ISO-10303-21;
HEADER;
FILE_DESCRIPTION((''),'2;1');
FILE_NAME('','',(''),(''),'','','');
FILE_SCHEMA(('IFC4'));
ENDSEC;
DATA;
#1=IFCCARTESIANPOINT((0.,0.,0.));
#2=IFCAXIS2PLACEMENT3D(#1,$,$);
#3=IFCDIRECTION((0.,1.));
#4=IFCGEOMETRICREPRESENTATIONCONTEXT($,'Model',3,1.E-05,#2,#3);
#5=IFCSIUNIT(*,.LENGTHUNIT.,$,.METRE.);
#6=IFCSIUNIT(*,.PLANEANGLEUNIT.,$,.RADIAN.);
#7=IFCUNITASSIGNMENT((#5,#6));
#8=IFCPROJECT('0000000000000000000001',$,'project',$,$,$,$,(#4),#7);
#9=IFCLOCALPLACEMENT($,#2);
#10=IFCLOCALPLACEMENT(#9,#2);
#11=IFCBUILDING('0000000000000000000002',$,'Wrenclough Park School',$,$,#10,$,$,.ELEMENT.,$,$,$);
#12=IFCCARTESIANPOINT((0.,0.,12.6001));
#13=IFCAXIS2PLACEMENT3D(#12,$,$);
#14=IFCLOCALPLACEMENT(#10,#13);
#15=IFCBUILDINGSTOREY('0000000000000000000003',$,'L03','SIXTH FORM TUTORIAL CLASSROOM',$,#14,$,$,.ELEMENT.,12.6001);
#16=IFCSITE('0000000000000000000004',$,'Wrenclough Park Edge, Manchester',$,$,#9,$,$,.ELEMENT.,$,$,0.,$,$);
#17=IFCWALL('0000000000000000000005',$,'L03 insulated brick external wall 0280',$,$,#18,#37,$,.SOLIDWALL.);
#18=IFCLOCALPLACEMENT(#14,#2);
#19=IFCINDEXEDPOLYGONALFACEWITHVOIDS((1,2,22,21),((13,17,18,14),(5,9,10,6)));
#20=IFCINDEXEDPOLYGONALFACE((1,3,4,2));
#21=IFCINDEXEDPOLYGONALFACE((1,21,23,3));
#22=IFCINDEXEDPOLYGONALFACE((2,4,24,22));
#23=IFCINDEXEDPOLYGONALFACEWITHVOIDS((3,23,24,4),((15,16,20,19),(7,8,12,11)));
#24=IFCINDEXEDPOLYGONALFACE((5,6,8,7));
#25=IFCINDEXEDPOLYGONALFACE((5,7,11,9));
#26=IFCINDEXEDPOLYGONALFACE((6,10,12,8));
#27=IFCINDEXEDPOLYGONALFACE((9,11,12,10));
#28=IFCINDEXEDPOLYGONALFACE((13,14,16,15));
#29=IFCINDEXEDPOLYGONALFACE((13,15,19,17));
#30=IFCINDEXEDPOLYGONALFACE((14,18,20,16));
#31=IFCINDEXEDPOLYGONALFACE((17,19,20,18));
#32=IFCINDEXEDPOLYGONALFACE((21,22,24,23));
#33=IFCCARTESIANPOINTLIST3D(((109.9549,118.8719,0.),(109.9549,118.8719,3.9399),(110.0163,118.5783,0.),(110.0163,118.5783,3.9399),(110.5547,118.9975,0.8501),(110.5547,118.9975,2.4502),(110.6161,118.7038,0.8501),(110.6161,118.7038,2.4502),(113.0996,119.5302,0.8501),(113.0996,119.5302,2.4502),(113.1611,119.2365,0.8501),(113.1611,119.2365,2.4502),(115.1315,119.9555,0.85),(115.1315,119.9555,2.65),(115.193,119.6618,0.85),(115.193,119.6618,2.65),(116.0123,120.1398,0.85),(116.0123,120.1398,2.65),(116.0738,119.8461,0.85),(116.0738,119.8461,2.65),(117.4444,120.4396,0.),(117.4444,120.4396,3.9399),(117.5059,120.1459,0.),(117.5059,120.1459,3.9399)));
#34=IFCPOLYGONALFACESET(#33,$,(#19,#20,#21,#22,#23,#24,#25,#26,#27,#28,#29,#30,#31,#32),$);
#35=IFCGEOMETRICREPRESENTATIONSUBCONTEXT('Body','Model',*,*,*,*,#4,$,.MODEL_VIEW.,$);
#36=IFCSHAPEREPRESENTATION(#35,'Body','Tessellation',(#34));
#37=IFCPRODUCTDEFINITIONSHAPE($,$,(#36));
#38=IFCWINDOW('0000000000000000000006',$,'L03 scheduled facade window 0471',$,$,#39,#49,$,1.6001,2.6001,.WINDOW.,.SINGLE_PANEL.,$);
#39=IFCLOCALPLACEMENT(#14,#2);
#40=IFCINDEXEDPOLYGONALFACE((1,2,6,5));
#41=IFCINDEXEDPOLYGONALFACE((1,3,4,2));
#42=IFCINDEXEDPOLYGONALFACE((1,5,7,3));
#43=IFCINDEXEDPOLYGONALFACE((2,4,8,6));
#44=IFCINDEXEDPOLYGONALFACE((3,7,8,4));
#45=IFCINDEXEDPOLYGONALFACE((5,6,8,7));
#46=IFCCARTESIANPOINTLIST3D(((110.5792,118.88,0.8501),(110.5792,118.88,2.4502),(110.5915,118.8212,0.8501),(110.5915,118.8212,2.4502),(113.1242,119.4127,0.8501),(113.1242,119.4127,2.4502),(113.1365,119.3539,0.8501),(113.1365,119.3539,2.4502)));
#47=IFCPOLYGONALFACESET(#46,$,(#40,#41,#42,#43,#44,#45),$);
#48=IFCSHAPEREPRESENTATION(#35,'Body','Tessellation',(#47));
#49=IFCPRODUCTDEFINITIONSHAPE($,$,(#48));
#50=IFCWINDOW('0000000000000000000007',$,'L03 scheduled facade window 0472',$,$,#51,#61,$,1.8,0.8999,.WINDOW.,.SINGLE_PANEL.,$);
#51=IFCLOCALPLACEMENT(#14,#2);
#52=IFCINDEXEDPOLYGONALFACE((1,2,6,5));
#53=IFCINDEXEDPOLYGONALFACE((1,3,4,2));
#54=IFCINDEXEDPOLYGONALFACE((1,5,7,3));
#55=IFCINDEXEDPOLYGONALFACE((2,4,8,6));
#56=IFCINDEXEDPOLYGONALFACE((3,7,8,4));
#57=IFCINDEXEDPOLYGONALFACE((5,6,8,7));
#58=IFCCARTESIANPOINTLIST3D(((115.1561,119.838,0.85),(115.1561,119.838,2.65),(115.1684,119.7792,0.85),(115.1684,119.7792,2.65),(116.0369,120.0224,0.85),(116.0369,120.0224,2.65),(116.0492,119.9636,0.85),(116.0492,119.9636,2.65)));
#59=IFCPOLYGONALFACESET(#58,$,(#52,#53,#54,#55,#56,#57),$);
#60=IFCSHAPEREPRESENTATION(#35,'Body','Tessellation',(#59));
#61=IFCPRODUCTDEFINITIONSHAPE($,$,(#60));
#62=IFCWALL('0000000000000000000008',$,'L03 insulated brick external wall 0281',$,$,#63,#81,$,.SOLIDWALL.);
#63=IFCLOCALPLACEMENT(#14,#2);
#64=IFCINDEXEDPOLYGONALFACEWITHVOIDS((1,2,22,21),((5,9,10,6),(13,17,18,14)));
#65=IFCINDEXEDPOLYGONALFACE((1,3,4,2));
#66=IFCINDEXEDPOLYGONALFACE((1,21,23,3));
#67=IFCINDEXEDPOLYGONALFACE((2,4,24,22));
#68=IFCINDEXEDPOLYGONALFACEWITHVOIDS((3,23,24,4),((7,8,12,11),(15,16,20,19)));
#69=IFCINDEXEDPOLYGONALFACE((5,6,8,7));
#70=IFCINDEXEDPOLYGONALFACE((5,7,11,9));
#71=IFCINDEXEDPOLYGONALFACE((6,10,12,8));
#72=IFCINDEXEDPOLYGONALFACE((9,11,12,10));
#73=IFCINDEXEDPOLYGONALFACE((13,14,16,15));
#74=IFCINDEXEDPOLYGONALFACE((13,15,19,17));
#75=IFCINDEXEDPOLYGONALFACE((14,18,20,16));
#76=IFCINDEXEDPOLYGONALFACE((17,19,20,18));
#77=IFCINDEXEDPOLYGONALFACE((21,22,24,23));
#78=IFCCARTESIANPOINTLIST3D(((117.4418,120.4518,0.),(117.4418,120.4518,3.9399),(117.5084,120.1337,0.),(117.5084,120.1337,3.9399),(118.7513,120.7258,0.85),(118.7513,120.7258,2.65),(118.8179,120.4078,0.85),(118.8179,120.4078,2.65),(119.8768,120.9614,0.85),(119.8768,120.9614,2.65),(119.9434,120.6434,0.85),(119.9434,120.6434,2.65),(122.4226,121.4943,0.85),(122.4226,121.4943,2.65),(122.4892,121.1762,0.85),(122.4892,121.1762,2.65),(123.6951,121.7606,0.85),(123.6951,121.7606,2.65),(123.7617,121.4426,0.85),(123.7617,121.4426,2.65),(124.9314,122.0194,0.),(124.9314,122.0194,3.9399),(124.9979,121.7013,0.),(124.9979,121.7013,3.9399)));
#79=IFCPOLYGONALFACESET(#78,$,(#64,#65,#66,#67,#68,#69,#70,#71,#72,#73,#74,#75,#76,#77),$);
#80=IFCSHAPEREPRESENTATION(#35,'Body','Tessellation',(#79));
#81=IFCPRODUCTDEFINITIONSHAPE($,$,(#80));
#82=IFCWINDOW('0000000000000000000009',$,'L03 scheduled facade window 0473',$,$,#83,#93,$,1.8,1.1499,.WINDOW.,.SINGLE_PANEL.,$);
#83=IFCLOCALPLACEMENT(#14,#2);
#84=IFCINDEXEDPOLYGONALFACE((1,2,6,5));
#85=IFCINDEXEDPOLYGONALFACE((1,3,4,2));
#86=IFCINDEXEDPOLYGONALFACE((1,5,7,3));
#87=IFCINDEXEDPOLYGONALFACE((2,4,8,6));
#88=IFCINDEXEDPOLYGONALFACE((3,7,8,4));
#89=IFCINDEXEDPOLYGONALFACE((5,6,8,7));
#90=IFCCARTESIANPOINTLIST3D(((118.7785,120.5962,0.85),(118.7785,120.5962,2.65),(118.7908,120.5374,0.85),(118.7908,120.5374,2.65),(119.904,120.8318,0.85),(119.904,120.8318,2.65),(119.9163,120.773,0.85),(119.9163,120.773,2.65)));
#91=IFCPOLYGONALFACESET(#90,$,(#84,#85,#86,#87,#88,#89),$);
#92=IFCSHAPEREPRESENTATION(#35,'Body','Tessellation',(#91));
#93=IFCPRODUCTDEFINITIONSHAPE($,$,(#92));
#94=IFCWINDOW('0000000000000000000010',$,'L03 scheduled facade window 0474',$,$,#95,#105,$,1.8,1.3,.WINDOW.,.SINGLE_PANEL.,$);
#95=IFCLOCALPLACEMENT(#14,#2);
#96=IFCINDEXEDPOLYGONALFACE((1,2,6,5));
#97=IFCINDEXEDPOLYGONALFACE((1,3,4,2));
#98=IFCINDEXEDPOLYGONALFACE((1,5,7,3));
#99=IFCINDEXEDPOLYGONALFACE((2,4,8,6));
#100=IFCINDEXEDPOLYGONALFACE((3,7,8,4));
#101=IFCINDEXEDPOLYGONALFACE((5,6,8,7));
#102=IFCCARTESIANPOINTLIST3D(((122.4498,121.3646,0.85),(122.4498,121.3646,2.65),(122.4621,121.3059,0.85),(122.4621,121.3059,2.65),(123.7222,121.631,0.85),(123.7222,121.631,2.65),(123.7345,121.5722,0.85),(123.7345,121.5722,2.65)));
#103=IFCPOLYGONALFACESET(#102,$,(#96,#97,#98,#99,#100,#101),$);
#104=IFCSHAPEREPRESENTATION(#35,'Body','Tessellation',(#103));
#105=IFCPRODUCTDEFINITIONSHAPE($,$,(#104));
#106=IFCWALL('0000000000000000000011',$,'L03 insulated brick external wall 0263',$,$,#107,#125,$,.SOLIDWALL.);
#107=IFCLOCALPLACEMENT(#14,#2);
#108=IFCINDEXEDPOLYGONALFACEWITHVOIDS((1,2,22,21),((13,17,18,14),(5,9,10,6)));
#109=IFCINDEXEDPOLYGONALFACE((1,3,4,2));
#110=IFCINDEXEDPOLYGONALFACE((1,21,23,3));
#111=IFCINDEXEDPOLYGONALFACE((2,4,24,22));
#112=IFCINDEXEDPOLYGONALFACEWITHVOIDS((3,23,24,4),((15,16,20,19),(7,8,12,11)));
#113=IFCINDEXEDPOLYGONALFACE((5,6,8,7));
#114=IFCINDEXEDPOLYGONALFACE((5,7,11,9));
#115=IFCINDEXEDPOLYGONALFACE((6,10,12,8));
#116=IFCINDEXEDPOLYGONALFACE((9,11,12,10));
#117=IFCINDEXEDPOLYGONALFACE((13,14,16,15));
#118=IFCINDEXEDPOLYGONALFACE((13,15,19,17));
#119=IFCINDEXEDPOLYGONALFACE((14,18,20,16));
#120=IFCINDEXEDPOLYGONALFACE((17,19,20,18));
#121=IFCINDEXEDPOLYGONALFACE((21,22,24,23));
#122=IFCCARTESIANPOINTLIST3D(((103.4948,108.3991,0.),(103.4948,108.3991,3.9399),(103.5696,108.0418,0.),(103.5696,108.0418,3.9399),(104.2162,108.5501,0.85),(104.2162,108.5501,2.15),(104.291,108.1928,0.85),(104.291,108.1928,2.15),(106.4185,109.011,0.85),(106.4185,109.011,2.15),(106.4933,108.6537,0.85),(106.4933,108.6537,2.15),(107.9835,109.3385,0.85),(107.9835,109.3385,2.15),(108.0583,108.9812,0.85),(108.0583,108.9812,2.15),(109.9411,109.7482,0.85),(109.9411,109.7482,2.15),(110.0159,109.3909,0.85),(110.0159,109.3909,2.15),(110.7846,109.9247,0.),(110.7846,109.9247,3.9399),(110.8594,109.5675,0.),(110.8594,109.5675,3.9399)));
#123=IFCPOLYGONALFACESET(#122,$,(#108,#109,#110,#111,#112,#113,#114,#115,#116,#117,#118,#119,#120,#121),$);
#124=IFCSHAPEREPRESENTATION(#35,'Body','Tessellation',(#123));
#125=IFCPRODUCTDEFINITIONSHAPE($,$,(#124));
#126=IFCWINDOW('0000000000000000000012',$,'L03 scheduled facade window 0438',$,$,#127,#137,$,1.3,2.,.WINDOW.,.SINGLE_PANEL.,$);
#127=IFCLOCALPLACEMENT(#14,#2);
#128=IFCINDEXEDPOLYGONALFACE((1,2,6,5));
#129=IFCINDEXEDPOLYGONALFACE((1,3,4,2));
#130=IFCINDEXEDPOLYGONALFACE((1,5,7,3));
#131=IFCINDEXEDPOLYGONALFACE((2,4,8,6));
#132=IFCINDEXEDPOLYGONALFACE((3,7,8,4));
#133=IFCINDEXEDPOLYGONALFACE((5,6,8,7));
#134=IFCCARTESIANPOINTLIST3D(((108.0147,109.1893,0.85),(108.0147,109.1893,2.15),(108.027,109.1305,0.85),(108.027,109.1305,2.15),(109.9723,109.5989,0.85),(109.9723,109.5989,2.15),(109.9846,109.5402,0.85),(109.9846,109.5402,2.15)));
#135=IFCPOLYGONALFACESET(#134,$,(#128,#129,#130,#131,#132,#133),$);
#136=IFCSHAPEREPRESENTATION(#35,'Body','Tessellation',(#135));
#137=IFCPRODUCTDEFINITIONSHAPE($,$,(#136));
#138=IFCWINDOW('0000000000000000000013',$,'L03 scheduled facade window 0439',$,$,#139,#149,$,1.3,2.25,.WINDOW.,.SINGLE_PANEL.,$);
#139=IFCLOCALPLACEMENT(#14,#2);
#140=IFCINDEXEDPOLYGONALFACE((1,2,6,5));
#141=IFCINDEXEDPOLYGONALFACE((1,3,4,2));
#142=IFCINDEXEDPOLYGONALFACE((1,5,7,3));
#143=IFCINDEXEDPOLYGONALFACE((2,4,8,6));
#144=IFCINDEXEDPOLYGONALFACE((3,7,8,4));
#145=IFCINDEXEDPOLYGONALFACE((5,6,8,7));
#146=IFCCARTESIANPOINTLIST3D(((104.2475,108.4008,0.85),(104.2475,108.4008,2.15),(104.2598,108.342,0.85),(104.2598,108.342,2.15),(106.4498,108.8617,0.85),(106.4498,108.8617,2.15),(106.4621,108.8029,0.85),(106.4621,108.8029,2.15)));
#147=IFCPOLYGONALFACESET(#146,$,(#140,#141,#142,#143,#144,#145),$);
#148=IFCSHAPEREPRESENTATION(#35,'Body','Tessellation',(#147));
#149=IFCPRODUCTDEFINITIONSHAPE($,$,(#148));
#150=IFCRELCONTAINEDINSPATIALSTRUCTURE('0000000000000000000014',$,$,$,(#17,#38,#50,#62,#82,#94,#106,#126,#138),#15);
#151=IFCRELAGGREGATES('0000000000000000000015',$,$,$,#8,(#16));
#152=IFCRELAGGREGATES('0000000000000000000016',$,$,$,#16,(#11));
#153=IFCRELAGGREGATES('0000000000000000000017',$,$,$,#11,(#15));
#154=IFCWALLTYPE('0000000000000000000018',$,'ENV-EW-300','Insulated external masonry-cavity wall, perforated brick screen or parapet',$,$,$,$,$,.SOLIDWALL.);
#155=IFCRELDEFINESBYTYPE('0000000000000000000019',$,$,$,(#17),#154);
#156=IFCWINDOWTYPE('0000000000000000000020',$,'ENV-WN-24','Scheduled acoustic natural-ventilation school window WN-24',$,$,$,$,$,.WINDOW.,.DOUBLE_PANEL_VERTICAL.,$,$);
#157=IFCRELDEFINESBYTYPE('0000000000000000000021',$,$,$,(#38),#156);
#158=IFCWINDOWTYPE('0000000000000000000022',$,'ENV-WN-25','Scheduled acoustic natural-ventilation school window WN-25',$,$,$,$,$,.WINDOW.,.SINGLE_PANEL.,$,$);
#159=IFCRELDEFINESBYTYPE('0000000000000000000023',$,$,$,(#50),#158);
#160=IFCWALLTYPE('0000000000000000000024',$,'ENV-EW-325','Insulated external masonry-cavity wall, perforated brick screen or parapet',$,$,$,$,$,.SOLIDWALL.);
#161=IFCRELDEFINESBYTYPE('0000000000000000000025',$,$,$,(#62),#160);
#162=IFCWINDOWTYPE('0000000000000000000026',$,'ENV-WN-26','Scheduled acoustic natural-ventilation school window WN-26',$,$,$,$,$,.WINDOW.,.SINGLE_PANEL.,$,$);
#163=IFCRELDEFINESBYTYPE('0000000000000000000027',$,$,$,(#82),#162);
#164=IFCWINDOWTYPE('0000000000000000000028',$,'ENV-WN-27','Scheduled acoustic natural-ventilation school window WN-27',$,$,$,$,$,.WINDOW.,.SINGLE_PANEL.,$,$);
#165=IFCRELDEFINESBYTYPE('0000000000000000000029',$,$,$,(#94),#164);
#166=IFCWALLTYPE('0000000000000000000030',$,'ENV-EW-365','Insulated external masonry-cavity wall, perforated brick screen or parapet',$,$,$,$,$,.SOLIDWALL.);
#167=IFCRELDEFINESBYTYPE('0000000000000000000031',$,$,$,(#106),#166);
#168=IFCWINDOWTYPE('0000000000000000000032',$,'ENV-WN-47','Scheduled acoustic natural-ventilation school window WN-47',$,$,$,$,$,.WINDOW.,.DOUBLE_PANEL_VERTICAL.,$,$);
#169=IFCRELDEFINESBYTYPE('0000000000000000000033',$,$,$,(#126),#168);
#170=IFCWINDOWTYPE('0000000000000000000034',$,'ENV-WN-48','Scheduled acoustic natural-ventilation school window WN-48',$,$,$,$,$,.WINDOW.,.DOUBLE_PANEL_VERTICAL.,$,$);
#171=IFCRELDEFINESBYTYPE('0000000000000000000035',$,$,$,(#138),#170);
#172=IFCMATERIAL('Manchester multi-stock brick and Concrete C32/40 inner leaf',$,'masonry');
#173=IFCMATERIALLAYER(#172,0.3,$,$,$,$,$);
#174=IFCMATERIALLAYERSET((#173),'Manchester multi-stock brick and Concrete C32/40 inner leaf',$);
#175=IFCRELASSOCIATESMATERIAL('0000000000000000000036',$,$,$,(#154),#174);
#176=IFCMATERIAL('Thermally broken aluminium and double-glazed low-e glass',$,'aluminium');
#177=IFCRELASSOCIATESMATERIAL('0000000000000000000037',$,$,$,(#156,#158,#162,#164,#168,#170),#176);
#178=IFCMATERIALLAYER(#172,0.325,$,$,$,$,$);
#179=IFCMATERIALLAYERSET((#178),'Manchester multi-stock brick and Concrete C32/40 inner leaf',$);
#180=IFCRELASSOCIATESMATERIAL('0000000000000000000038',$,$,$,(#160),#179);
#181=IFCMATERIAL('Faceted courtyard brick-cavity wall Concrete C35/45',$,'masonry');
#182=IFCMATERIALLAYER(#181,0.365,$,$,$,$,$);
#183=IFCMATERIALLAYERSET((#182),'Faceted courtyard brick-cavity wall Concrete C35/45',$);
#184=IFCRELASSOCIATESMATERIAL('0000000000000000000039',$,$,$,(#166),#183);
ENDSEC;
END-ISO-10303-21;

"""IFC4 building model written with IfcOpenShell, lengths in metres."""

from ifc_helpers import new_model, si_unit, direction, frame, frame_2d, origin, place, context, subcontext, project, spatial, rectangle, extrude, material, layer, layer_set, type_object, element, fill, save


model = new_model("IFC4")

# Units and contexts
model_context = context("Model", 3, precision=1e-05, world=origin(), true_north=direction((0.0, 1.0)))
body_context = subcontext(model_context, "Body", "Model", "MODEL_VIEW")
ifc_project = project(units=[si_unit("LENGTHUNIT", "METRE"), si_unit("PLANEANGLEUNIT", "RADIAN")], contexts=[model_context])

# Site, building, storey
site_placement = place(None, origin())
site = spatial("IfcSite", under=ifc_project, at=site_placement, Name="Wrenclough Park Edge, Manchester", CompositionType="ELEMENT", RefElevation=0.0)
building_placement = place(site_placement, origin())
building = spatial("IfcBuilding", under=site, at=building_placement, Name="Wrenclough Park School", CompositionType="ELEMENT")
storey_placement = place(building_placement, frame((0.0, 0.0, 12.6001)))
storey = spatial("IfcBuildingStorey", under=building, at=storey_placement, Name="L03", Description="SIXTH FORM TUTORIAL CLASSROOM", CompositionType="ELEMENT", Elevation=12.6001)

# Walls, openings, windows
ifc_material_1 = material(Name="Manchester multi-stock brick and Concrete C32/40 inner leaf", Category="masonry")
ifc_layer_1 = layer(ifc_material_1, 0.3)
ifc_layer_set_1 = layer_set([ifc_layer_1], Name="Manchester multi-stock brick and Concrete C32/40 inner leaf")
wall_type_1 = type_object("IfcWallType", Name="ENV-EW-300", Description="Insulated external masonry-cavity wall, perforated brick screen or parapet", PredefinedType="SOLIDWALL", material=ifc_layer_set_1)
wall_1_placement = place(storey_placement, frame((109.9856, 118.7251, 0.0), z_axis=(0.0, 0.0, 1.0), x_axis=(0.978789, 0.20487, 0.0)))
wall_1 = element("IfcWall", 1, at=wall_1_placement, inside=storey, type_object=wall_type_1, Name="L03 insulated brick external wall 0280", PredefinedType="SOLIDWALL", context=body_context, shape_type="SweptSolid", body=[
    extrude(rectangle(XDim=7.6519, YDim=0.3, at=frame_2d((3.8259, 0.0))), origin(), (0.0, 0.0, 1.0), 3.9399),
])
opening_1_placement = place(wall_1_placement, frame((0.6128, 0.0, 0.8501)))
opening_1 = element("IfcOpeningElement", 2, at=opening_1_placement, cuts=wall_1, PredefinedType="OPENING", context=body_context, shape_type="SweptSolid", body=[
    extrude(rectangle(XDim=2.6001, YDim=1.6001, at=frame_2d((1.3, 0.8))), frame((0.0, 0.1599, 0.0), z_axis=(0.0, -1.0, 0.0), x_axis=(1.0, 0.0, 0.0)), (0.0, 0.0, 1.0), 0.3201),
])
opening_2_placement = place(wall_1_placement, frame((5.2888, 0.0, 0.8501)))
opening_2 = element("IfcOpeningElement", 3, at=opening_2_placement, cuts=wall_1, PredefinedType="OPENING", context=body_context, shape_type="SweptSolid", body=[
    extrude(rectangle(XDim=0.8999, YDim=1.8, at=frame_2d((0.45, 0.8999))), frame((0.0, 0.1599, 0.0), z_axis=(0.0, -1.0, 0.0), x_axis=(1.0, 0.0, 0.0)), (0.0, 0.0, 1.0), 0.3201),
])
ifc_material_2 = material(Name="Thermally broken aluminium and double-glazed low-e glass", Category="aluminium")
window_type_1 = type_object("IfcWindowType", Name="ENV-WN-24", Description="Scheduled acoustic natural-ventilation school window WN-24", PartitioningType="DOUBLE_PANEL_VERTICAL", PredefinedType="WINDOW", material=ifc_material_2)
window_1_placement = place(opening_1_placement, origin())
window_1 = element("IfcWindow", 4, at=window_1_placement, inside=storey, type_object=window_type_1, Name="L03 scheduled facade window 0471", OverallHeight=1.6001, OverallWidth=2.6001, PartitioningType="SINGLE_PANEL", PredefinedType="WINDOW", context=body_context, shape_type="SweptSolid", body=[
    extrude(rectangle(XDim=2.6001, YDim=1.6001, at=frame_2d((1.3, 0.8))), frame((0.0, 0.03, 0.0), z_axis=(0.0, -1.0, 0.0), x_axis=(1.0, 0.0, 0.0)), (0.0, 0.0, 1.0), 0.0601),
])
fill(opening_1, window_1)
window_type_2 = type_object("IfcWindowType", Name="ENV-WN-25", Description="Scheduled acoustic natural-ventilation school window WN-25", PartitioningType="SINGLE_PANEL", PredefinedType="WINDOW", material=ifc_material_2)
window_2_placement = place(opening_2_placement, origin())
window_2 = element("IfcWindow", 5, at=window_2_placement, inside=storey, type_object=window_type_2, Name="L03 scheduled facade window 0472", OverallHeight=1.8, OverallWidth=0.8999, PartitioningType="SINGLE_PANEL", PredefinedType="WINDOW", context=body_context, shape_type="SweptSolid", body=[
    extrude(rectangle(XDim=0.8999, YDim=1.8, at=frame_2d((0.45, 0.8999))), frame((0.0, 0.03, 0.0), z_axis=(0.0, -1.0, 0.0), x_axis=(1.0, 0.0, 0.0)), (0.0, 0.0, 1.0), 0.0601),
])
fill(opening_2, window_2)
ifc_layer_2 = layer(ifc_material_1, 0.325)
ifc_layer_set_2 = layer_set([ifc_layer_2], Name="Manchester multi-stock brick and Concrete C32/40 inner leaf")
wall_type_2 = type_object("IfcWallType", Name="ENV-EW-325", Description="Insulated external masonry-cavity wall, perforated brick screen or parapet", PredefinedType="SOLIDWALL", material=ifc_layer_set_2)
wall_2_placement = place(storey_placement, frame((117.4751, 120.2927, 0.0), z_axis=(0.0, 0.0, 1.0), x_axis=(0.978789, 0.20487, 0.0)))
wall_2 = element("IfcWall", 6, at=wall_2_placement, inside=storey, type_object=wall_type_2, Name="L03 insulated brick external wall 0281", PredefinedType="SOLIDWALL", context=body_context, shape_type="SweptSolid", body=[
    extrude(rectangle(XDim=7.6519, YDim=0.325, at=frame_2d((3.8259, 0.0))), origin(), (0.0, 0.0, 1.0), 3.9399),
])
opening_3_placement = place(wall_2_placement, frame((1.3379, 0.0, 0.8501)))
opening_3 = element("IfcOpeningElement", 7, at=opening_3_placement, cuts=wall_2, PredefinedType="OPENING", context=body_context, shape_type="SweptSolid", body=[
    extrude(rectangle(XDim=1.1499, YDim=1.8, at=frame_2d((0.575, 0.8999))), frame((0.0, 0.1724, 0.0), z_axis=(0.0, -1.0, 0.0), x_axis=(1.0, 0.0, 0.0)), (0.0, 0.0, 1.0), 0.345),
])
opening_4_placement = place(wall_2_placement, frame((5.0889, 0.0, 0.8501)))
opening_4 = element("IfcOpeningElement", 8, at=opening_4_placement, cuts=wall_2, PredefinedType="OPENING", context=body_context, shape_type="SweptSolid", body=[
    extrude(rectangle(XDim=1.3, YDim=1.8, at=frame_2d((0.6499, 0.8999))), frame((0.0, 0.1724, 0.0), z_axis=(0.0, -1.0, 0.0), x_axis=(1.0, 0.0, 0.0)), (0.0, 0.0, 1.0), 0.345),
])
window_type_3 = type_object("IfcWindowType", Name="ENV-WN-26", Description="Scheduled acoustic natural-ventilation school window WN-26", PartitioningType="SINGLE_PANEL", PredefinedType="WINDOW", material=ifc_material_2)
window_3_placement = place(opening_3_placement, origin())
window_3 = element("IfcWindow", 9, at=window_3_placement, inside=storey, type_object=window_type_3, Name="L03 scheduled facade window 0473", OverallHeight=1.8, OverallWidth=1.1499, PartitioningType="SINGLE_PANEL", PredefinedType="WINDOW", context=body_context, shape_type="SweptSolid", body=[
    extrude(rectangle(XDim=1.1499, YDim=1.8, at=frame_2d((0.575, 0.8999))), frame((0.0, 0.03, 0.0), z_axis=(0.0, -1.0, 0.0), x_axis=(1.0, 0.0, 0.0)), (0.0, 0.0, 1.0), 0.0601),
])
fill(opening_3, window_3)
window_type_4 = type_object("IfcWindowType", Name="ENV-WN-27", Description="Scheduled acoustic natural-ventilation school window WN-27", PartitioningType="SINGLE_PANEL", PredefinedType="WINDOW", material=ifc_material_2)
window_4_placement = place(opening_4_placement, origin())
window_4 = element("IfcWindow", 10, at=window_4_placement, inside=storey, type_object=window_type_4, Name="L03 scheduled facade window 0474", OverallHeight=1.8, OverallWidth=1.3, PartitioningType="SINGLE_PANEL", PredefinedType="WINDOW", context=body_context, shape_type="SweptSolid", body=[
    extrude(rectangle(XDim=1.3, YDim=1.8, at=frame_2d((0.6499, 0.8999))), frame((0.0, 0.03, 0.0), z_axis=(0.0, -1.0, 0.0), x_axis=(1.0, 0.0, 0.0)), (0.0, 0.0, 1.0), 0.0601),
])
fill(opening_4, window_4)
ifc_material_3 = material(Name="Faceted courtyard brick-cavity wall Concrete C35/45", Category="masonry")
ifc_layer_3 = layer(ifc_material_3, 0.365)
ifc_layer_set_3 = layer_set([ifc_layer_3], Name="Faceted courtyard brick-cavity wall Concrete C35/45")
wall_type_3 = type_object("IfcWallType", Name="ENV-EW-365", Description="Insulated external masonry-cavity wall, perforated brick screen or parapet", PredefinedType="SOLIDWALL", material=ifc_layer_set_3)
wall_3_placement = place(storey_placement, frame((110.822, 109.7461, 0.0), z_axis=(0.0, 0.0, 1.0), x_axis=(-0.978794, -0.204846, 0.0)))
wall_3 = element("IfcWall", 11, at=wall_3_placement, inside=storey, type_object=wall_type_3, Name="L03 insulated brick external wall 0263", PredefinedType="SOLIDWALL", context=body_context, shape_type="SweptSolid", body=[
    extrude(rectangle(XDim=7.4478, YDim=0.365, at=frame_2d((3.7239, 0.0))), origin(), (0.0, 0.0, 1.0), 3.9399),
])
opening_5_placement = place(wall_3_placement, frame((0.8618, 0.0, 0.8501)))
opening_5 = element("IfcOpeningElement", 12, at=opening_5_placement, cuts=wall_3, PredefinedType="OPENING", context=body_context, shape_type="SweptSolid", body=[
    extrude(rectangle(XDim=2.0, YDim=1.3, at=frame_2d((1.0, 0.6499))), frame((0.0, 0.1924, 0.0), z_axis=(0.0, -1.0, 0.0), x_axis=(1.0, 0.0, 0.0)), (0.0, 0.0, 1.0), 0.385),
])
opening_6_placement = place(wall_3_placement, frame((4.4607, 0.0, 0.8501)))
opening_6 = element("IfcOpeningElement", 13, at=opening_6_placement, cuts=wall_3, PredefinedType="OPENING", context=body_context, shape_type="SweptSolid", body=[
    extrude(rectangle(XDim=2.25, YDim=1.3, at=frame_2d((1.125, 0.6499))), frame((0.0, 0.1924, 0.0), z_axis=(0.0, -1.0, 0.0), x_axis=(1.0, 0.0, 0.0)), (0.0, 0.0, 1.0), 0.385),
])
window_type_5 = type_object("IfcWindowType", Name="ENV-WN-47", Description="Scheduled acoustic natural-ventilation school window WN-47", PartitioningType="DOUBLE_PANEL_VERTICAL", PredefinedType="WINDOW", material=ifc_material_2)
window_5_placement = place(opening_5_placement, origin())
window_5 = element("IfcWindow", 14, at=window_5_placement, inside=storey, type_object=window_type_5, Name="L03 scheduled facade window 0438", OverallHeight=1.3, OverallWidth=2.0, PartitioningType="SINGLE_PANEL", PredefinedType="WINDOW", context=body_context, shape_type="SweptSolid", body=[
    extrude(rectangle(XDim=2.0, YDim=1.3, at=frame_2d((1.0, 0.6499))), frame((0.0, 0.03, 0.0), z_axis=(0.0, -1.0, 0.0), x_axis=(1.0, 0.0, 0.0)), (0.0, 0.0, 1.0), 0.0601),
])
fill(opening_5, window_5)
window_type_6 = type_object("IfcWindowType", Name="ENV-WN-48", Description="Scheduled acoustic natural-ventilation school window WN-48", PartitioningType="DOUBLE_PANEL_VERTICAL", PredefinedType="WINDOW", material=ifc_material_2)
window_6_placement = place(opening_6_placement, origin())
window_6 = element("IfcWindow", 15, at=window_6_placement, inside=storey, type_object=window_type_6, Name="L03 scheduled facade window 0439", OverallHeight=1.3, OverallWidth=2.25, PartitioningType="SINGLE_PANEL", PredefinedType="WINDOW", context=body_context, shape_type="SweptSolid", body=[
    extrude(rectangle(XDim=2.25, YDim=1.3, at=frame_2d((1.125, 0.6499))), frame((0.0, 0.03, 0.0), z_axis=(0.0, -1.0, 0.0), x_axis=(1.0, 0.0, 0.0)), (0.0, 0.0, 1.0), 0.0601),
])
fill(opening_6, window_6)

save(model, "model.ifc")
